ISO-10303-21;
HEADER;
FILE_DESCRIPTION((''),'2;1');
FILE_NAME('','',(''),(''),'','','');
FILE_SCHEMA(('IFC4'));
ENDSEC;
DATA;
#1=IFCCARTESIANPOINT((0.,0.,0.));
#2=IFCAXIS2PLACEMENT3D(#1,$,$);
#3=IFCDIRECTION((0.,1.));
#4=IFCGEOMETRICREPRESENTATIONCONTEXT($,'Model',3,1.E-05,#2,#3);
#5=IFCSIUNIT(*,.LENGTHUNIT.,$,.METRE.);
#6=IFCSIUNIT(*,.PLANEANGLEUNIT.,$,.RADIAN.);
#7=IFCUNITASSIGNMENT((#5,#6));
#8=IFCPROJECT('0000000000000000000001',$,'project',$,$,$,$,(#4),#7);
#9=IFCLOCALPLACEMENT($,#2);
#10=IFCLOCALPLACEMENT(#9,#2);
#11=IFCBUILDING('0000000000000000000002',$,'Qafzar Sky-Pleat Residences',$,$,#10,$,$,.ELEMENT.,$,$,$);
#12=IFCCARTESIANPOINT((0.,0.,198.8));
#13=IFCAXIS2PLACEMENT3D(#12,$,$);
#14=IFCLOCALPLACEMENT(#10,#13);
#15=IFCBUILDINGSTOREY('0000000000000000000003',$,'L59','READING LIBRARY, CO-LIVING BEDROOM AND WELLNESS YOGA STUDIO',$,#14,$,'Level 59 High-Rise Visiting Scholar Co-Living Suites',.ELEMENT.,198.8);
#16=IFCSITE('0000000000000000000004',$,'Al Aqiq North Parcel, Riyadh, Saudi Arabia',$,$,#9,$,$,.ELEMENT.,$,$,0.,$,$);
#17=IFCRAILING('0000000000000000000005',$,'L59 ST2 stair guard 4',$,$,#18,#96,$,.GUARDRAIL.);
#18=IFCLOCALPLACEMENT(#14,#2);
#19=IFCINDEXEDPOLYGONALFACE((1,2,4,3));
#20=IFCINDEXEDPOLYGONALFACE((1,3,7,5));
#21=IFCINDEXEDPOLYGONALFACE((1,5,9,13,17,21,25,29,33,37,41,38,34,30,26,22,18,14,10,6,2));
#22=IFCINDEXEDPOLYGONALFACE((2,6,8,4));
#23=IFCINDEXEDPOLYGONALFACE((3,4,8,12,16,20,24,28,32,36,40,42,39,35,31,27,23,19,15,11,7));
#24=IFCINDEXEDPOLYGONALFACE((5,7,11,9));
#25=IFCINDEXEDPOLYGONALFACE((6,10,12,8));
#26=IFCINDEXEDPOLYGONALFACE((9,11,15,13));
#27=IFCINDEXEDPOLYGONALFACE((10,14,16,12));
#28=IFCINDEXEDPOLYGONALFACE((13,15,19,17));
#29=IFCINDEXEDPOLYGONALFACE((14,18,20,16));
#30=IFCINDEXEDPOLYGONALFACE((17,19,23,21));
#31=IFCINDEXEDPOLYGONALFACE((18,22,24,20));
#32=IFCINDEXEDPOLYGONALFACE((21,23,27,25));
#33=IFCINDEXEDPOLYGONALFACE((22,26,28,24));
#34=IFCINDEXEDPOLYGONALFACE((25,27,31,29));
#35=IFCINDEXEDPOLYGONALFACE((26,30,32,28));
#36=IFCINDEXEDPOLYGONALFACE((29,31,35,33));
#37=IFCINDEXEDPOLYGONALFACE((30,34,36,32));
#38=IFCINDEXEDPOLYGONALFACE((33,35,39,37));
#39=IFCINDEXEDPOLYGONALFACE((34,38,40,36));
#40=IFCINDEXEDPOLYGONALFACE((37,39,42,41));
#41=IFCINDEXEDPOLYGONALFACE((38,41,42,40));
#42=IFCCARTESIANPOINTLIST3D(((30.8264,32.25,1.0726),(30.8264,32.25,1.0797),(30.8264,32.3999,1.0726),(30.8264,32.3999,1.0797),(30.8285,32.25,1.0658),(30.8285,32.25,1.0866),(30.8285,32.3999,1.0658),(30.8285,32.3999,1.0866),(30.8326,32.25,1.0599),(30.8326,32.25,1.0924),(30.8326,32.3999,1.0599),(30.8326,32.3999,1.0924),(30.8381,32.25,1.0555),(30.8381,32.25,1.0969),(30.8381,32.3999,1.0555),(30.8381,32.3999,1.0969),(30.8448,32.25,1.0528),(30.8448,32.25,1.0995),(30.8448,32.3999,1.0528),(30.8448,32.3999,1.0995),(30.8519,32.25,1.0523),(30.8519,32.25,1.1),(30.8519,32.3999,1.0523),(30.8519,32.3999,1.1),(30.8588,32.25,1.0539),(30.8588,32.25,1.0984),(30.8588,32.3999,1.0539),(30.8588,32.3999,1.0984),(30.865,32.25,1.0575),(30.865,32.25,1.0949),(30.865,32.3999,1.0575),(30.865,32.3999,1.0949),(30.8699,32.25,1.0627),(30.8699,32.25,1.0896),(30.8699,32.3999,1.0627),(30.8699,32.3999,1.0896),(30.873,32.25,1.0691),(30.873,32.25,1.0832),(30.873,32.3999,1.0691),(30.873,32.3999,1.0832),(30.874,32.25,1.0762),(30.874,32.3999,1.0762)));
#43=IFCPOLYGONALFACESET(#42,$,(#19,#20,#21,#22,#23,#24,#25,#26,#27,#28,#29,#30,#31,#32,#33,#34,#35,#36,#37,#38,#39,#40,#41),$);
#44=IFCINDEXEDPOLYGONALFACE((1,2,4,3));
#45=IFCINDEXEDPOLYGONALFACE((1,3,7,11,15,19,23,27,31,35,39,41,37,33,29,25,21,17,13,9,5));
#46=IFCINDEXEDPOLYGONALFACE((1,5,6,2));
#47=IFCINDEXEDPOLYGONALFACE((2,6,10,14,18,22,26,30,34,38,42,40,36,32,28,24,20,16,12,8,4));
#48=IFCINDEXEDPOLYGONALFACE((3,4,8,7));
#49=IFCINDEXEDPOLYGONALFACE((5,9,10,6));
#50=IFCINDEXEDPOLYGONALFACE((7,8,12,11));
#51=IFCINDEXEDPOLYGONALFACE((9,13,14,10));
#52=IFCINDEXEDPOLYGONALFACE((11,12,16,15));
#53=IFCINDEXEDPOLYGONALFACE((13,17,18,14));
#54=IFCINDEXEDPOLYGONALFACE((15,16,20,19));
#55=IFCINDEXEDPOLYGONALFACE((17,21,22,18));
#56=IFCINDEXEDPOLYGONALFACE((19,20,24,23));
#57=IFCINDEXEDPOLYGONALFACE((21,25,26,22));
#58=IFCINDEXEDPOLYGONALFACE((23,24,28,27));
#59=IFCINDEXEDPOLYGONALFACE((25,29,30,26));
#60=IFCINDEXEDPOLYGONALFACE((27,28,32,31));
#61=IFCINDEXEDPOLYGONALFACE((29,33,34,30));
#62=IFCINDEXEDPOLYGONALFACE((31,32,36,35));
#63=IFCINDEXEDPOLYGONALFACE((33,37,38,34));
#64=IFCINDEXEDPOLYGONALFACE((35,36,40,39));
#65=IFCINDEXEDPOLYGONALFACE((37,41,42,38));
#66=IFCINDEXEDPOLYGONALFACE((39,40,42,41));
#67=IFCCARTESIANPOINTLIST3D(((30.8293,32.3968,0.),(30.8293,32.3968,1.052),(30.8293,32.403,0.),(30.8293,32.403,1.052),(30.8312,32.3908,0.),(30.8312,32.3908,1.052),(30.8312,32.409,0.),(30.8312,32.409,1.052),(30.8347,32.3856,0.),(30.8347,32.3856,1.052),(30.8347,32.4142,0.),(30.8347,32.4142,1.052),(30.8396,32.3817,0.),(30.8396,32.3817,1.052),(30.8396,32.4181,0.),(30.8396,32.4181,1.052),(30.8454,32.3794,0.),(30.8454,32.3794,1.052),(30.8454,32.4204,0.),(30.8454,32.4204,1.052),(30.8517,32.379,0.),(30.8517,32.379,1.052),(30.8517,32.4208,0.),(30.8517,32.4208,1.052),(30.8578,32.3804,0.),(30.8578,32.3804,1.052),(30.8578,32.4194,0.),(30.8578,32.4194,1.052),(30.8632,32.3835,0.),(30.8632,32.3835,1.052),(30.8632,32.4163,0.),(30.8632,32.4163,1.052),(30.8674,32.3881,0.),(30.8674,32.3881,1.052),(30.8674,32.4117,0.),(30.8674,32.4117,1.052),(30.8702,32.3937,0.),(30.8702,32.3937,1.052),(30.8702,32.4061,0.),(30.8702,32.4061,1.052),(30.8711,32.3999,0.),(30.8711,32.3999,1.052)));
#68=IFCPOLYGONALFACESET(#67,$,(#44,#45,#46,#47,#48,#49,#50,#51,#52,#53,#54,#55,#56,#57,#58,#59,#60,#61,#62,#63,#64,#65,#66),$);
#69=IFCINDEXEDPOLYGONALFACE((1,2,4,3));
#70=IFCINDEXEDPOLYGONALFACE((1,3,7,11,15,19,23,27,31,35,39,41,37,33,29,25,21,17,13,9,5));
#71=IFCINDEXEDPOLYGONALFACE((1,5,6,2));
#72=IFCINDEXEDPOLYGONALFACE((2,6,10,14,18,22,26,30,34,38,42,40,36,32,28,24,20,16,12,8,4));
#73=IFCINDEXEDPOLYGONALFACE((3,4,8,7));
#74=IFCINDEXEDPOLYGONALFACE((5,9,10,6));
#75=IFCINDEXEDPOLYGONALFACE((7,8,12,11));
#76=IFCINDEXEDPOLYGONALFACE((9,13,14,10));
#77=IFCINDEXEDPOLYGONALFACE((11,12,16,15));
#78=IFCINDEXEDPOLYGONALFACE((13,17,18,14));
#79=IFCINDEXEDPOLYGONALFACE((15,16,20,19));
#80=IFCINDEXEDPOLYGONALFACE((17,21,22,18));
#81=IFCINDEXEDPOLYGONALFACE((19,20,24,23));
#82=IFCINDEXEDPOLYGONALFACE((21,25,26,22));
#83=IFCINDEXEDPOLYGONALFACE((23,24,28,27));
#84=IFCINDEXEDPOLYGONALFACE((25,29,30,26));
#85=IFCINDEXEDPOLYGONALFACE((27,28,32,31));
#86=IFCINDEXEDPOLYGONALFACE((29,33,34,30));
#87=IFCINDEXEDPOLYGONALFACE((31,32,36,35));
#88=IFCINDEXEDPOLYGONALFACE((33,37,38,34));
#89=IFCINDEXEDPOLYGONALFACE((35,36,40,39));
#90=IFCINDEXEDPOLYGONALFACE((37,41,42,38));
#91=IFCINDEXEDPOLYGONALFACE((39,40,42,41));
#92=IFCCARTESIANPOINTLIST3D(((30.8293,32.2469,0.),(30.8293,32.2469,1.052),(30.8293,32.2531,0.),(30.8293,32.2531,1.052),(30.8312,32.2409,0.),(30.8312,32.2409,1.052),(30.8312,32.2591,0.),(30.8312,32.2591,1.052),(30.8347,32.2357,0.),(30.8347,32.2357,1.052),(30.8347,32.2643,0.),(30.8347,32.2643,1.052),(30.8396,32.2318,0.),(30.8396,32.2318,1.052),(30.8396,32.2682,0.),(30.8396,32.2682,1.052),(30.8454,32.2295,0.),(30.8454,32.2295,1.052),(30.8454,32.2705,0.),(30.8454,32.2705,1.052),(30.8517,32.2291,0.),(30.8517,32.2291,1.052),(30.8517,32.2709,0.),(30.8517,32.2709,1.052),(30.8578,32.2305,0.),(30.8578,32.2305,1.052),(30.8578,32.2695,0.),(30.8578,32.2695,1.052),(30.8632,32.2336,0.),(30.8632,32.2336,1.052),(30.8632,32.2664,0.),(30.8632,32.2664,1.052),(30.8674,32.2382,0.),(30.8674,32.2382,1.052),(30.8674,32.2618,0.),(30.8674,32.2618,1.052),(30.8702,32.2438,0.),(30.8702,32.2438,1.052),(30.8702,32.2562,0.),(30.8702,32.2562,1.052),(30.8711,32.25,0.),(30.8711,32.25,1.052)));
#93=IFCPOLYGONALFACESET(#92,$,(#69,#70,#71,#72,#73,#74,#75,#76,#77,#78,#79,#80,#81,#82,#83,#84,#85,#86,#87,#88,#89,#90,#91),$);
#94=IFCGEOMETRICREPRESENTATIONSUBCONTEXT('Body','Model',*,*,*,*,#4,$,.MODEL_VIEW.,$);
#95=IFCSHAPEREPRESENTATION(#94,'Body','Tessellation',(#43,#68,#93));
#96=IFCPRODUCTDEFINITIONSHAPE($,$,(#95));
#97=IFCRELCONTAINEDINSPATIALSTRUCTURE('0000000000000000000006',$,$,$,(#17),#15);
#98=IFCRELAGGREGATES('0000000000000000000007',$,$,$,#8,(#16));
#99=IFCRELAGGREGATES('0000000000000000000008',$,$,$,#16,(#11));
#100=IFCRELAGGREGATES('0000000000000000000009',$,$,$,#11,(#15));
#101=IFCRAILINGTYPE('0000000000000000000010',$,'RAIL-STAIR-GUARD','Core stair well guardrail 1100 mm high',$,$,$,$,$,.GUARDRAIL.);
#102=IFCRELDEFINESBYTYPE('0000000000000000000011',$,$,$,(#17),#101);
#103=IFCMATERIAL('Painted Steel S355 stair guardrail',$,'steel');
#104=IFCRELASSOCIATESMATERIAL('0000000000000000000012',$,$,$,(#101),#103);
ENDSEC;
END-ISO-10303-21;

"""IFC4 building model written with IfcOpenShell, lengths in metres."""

from ifc_helpers import new_model, si_unit, direction, frame, origin, origin_2d, place, context, subcontext, project, spatial, circle, extrude, source, transform, mapped, material, type_object, element, save


model = new_model("IFC4")

# Units and contexts
model_context = context("Model", 3, precision=1e-05, world=origin(), true_north=direction((0.0, 1.0)))
body_context = subcontext(model_context, "Body", "Model", "MODEL_VIEW")
ifc_project = project(units=[si_unit("LENGTHUNIT", "METRE"), si_unit("PLANEANGLEUNIT", "RADIAN")], contexts=[model_context])

# Site, building, storey
site_placement = place(None, origin())
site = spatial("IfcSite", under=ifc_project, at=site_placement, Name="Al Aqiq North Parcel, Riyadh, Saudi Arabia", CompositionType="ELEMENT", RefElevation=0.0)
building_placement = place(site_placement, origin())
building = spatial("IfcBuilding", under=site, at=building_placement, Name="Qafzar Sky-Pleat Residences", CompositionType="ELEMENT")
storey_placement = place(building_placement, frame((0.0, 0.0, 198.8)))
storey = spatial("IfcBuildingStorey", under=building, at=storey_placement, Name="L59", Description="READING LIBRARY, CO-LIVING BEDROOM AND WELLNESS YOGA STUDIO", LongName="Level 59 High-Rise Visiting Scholar Co-Living Suites", CompositionType="ELEMENT", Elevation=198.8)

# Railing
ifc_material_1 = material(Name="Painted Steel S355 stair guardrail", Category="steel")
railing_type_1 = type_object("IfcRailingType", Name="RAIL-STAIR-GUARD", Description="Core stair well guardrail 1100 mm high", PredefinedType="GUARDRAIL", material=ifc_material_1)
shared_shape_1 = source(origin(), body_context, "Body", "SweptSolid", [
    extrude(circle(Radius=0.0239, at=origin_2d()), frame((0.0, 0.0, 1.0762), z_axis=(0.0, -1.0, 0.0), x_axis=(1.0, 0.0, 0.0)), (0.0, 0.0, 1.0), 0.1499),
    extrude(circle(Radius=0.021, at=origin_2d()), origin(), (0.0, 0.0, 1.0), 1.052),
    extrude(circle(Radius=0.021, at=origin_2d()), frame((0.0, -0.1499, 0.0)), (0.0, 0.0, 1.0), 1.052),
])
for number, where, name in (
    (1, (30.8501, 32.3999, 0.0), "L59 ST2 stair guard 4"),
):
    element("IfcRailing", number, at=place(storey_placement, frame(where)), inside=storey, type_object=railing_type_1, Name=name, PredefinedType="GUARDRAIL", context=body_context, shape_type="MappedRepresentation", body=[
        mapped(shared_shape_1, transform((0.0, 0.0, 0.0), x_axis=(1.0, 0.0, 0.0), y_axis=(0.0, 1.0, 0.0), z_axis=(0.0, 0.0, 1.0), scale=1.0)),
    ])

save(model, "model.ifc")
